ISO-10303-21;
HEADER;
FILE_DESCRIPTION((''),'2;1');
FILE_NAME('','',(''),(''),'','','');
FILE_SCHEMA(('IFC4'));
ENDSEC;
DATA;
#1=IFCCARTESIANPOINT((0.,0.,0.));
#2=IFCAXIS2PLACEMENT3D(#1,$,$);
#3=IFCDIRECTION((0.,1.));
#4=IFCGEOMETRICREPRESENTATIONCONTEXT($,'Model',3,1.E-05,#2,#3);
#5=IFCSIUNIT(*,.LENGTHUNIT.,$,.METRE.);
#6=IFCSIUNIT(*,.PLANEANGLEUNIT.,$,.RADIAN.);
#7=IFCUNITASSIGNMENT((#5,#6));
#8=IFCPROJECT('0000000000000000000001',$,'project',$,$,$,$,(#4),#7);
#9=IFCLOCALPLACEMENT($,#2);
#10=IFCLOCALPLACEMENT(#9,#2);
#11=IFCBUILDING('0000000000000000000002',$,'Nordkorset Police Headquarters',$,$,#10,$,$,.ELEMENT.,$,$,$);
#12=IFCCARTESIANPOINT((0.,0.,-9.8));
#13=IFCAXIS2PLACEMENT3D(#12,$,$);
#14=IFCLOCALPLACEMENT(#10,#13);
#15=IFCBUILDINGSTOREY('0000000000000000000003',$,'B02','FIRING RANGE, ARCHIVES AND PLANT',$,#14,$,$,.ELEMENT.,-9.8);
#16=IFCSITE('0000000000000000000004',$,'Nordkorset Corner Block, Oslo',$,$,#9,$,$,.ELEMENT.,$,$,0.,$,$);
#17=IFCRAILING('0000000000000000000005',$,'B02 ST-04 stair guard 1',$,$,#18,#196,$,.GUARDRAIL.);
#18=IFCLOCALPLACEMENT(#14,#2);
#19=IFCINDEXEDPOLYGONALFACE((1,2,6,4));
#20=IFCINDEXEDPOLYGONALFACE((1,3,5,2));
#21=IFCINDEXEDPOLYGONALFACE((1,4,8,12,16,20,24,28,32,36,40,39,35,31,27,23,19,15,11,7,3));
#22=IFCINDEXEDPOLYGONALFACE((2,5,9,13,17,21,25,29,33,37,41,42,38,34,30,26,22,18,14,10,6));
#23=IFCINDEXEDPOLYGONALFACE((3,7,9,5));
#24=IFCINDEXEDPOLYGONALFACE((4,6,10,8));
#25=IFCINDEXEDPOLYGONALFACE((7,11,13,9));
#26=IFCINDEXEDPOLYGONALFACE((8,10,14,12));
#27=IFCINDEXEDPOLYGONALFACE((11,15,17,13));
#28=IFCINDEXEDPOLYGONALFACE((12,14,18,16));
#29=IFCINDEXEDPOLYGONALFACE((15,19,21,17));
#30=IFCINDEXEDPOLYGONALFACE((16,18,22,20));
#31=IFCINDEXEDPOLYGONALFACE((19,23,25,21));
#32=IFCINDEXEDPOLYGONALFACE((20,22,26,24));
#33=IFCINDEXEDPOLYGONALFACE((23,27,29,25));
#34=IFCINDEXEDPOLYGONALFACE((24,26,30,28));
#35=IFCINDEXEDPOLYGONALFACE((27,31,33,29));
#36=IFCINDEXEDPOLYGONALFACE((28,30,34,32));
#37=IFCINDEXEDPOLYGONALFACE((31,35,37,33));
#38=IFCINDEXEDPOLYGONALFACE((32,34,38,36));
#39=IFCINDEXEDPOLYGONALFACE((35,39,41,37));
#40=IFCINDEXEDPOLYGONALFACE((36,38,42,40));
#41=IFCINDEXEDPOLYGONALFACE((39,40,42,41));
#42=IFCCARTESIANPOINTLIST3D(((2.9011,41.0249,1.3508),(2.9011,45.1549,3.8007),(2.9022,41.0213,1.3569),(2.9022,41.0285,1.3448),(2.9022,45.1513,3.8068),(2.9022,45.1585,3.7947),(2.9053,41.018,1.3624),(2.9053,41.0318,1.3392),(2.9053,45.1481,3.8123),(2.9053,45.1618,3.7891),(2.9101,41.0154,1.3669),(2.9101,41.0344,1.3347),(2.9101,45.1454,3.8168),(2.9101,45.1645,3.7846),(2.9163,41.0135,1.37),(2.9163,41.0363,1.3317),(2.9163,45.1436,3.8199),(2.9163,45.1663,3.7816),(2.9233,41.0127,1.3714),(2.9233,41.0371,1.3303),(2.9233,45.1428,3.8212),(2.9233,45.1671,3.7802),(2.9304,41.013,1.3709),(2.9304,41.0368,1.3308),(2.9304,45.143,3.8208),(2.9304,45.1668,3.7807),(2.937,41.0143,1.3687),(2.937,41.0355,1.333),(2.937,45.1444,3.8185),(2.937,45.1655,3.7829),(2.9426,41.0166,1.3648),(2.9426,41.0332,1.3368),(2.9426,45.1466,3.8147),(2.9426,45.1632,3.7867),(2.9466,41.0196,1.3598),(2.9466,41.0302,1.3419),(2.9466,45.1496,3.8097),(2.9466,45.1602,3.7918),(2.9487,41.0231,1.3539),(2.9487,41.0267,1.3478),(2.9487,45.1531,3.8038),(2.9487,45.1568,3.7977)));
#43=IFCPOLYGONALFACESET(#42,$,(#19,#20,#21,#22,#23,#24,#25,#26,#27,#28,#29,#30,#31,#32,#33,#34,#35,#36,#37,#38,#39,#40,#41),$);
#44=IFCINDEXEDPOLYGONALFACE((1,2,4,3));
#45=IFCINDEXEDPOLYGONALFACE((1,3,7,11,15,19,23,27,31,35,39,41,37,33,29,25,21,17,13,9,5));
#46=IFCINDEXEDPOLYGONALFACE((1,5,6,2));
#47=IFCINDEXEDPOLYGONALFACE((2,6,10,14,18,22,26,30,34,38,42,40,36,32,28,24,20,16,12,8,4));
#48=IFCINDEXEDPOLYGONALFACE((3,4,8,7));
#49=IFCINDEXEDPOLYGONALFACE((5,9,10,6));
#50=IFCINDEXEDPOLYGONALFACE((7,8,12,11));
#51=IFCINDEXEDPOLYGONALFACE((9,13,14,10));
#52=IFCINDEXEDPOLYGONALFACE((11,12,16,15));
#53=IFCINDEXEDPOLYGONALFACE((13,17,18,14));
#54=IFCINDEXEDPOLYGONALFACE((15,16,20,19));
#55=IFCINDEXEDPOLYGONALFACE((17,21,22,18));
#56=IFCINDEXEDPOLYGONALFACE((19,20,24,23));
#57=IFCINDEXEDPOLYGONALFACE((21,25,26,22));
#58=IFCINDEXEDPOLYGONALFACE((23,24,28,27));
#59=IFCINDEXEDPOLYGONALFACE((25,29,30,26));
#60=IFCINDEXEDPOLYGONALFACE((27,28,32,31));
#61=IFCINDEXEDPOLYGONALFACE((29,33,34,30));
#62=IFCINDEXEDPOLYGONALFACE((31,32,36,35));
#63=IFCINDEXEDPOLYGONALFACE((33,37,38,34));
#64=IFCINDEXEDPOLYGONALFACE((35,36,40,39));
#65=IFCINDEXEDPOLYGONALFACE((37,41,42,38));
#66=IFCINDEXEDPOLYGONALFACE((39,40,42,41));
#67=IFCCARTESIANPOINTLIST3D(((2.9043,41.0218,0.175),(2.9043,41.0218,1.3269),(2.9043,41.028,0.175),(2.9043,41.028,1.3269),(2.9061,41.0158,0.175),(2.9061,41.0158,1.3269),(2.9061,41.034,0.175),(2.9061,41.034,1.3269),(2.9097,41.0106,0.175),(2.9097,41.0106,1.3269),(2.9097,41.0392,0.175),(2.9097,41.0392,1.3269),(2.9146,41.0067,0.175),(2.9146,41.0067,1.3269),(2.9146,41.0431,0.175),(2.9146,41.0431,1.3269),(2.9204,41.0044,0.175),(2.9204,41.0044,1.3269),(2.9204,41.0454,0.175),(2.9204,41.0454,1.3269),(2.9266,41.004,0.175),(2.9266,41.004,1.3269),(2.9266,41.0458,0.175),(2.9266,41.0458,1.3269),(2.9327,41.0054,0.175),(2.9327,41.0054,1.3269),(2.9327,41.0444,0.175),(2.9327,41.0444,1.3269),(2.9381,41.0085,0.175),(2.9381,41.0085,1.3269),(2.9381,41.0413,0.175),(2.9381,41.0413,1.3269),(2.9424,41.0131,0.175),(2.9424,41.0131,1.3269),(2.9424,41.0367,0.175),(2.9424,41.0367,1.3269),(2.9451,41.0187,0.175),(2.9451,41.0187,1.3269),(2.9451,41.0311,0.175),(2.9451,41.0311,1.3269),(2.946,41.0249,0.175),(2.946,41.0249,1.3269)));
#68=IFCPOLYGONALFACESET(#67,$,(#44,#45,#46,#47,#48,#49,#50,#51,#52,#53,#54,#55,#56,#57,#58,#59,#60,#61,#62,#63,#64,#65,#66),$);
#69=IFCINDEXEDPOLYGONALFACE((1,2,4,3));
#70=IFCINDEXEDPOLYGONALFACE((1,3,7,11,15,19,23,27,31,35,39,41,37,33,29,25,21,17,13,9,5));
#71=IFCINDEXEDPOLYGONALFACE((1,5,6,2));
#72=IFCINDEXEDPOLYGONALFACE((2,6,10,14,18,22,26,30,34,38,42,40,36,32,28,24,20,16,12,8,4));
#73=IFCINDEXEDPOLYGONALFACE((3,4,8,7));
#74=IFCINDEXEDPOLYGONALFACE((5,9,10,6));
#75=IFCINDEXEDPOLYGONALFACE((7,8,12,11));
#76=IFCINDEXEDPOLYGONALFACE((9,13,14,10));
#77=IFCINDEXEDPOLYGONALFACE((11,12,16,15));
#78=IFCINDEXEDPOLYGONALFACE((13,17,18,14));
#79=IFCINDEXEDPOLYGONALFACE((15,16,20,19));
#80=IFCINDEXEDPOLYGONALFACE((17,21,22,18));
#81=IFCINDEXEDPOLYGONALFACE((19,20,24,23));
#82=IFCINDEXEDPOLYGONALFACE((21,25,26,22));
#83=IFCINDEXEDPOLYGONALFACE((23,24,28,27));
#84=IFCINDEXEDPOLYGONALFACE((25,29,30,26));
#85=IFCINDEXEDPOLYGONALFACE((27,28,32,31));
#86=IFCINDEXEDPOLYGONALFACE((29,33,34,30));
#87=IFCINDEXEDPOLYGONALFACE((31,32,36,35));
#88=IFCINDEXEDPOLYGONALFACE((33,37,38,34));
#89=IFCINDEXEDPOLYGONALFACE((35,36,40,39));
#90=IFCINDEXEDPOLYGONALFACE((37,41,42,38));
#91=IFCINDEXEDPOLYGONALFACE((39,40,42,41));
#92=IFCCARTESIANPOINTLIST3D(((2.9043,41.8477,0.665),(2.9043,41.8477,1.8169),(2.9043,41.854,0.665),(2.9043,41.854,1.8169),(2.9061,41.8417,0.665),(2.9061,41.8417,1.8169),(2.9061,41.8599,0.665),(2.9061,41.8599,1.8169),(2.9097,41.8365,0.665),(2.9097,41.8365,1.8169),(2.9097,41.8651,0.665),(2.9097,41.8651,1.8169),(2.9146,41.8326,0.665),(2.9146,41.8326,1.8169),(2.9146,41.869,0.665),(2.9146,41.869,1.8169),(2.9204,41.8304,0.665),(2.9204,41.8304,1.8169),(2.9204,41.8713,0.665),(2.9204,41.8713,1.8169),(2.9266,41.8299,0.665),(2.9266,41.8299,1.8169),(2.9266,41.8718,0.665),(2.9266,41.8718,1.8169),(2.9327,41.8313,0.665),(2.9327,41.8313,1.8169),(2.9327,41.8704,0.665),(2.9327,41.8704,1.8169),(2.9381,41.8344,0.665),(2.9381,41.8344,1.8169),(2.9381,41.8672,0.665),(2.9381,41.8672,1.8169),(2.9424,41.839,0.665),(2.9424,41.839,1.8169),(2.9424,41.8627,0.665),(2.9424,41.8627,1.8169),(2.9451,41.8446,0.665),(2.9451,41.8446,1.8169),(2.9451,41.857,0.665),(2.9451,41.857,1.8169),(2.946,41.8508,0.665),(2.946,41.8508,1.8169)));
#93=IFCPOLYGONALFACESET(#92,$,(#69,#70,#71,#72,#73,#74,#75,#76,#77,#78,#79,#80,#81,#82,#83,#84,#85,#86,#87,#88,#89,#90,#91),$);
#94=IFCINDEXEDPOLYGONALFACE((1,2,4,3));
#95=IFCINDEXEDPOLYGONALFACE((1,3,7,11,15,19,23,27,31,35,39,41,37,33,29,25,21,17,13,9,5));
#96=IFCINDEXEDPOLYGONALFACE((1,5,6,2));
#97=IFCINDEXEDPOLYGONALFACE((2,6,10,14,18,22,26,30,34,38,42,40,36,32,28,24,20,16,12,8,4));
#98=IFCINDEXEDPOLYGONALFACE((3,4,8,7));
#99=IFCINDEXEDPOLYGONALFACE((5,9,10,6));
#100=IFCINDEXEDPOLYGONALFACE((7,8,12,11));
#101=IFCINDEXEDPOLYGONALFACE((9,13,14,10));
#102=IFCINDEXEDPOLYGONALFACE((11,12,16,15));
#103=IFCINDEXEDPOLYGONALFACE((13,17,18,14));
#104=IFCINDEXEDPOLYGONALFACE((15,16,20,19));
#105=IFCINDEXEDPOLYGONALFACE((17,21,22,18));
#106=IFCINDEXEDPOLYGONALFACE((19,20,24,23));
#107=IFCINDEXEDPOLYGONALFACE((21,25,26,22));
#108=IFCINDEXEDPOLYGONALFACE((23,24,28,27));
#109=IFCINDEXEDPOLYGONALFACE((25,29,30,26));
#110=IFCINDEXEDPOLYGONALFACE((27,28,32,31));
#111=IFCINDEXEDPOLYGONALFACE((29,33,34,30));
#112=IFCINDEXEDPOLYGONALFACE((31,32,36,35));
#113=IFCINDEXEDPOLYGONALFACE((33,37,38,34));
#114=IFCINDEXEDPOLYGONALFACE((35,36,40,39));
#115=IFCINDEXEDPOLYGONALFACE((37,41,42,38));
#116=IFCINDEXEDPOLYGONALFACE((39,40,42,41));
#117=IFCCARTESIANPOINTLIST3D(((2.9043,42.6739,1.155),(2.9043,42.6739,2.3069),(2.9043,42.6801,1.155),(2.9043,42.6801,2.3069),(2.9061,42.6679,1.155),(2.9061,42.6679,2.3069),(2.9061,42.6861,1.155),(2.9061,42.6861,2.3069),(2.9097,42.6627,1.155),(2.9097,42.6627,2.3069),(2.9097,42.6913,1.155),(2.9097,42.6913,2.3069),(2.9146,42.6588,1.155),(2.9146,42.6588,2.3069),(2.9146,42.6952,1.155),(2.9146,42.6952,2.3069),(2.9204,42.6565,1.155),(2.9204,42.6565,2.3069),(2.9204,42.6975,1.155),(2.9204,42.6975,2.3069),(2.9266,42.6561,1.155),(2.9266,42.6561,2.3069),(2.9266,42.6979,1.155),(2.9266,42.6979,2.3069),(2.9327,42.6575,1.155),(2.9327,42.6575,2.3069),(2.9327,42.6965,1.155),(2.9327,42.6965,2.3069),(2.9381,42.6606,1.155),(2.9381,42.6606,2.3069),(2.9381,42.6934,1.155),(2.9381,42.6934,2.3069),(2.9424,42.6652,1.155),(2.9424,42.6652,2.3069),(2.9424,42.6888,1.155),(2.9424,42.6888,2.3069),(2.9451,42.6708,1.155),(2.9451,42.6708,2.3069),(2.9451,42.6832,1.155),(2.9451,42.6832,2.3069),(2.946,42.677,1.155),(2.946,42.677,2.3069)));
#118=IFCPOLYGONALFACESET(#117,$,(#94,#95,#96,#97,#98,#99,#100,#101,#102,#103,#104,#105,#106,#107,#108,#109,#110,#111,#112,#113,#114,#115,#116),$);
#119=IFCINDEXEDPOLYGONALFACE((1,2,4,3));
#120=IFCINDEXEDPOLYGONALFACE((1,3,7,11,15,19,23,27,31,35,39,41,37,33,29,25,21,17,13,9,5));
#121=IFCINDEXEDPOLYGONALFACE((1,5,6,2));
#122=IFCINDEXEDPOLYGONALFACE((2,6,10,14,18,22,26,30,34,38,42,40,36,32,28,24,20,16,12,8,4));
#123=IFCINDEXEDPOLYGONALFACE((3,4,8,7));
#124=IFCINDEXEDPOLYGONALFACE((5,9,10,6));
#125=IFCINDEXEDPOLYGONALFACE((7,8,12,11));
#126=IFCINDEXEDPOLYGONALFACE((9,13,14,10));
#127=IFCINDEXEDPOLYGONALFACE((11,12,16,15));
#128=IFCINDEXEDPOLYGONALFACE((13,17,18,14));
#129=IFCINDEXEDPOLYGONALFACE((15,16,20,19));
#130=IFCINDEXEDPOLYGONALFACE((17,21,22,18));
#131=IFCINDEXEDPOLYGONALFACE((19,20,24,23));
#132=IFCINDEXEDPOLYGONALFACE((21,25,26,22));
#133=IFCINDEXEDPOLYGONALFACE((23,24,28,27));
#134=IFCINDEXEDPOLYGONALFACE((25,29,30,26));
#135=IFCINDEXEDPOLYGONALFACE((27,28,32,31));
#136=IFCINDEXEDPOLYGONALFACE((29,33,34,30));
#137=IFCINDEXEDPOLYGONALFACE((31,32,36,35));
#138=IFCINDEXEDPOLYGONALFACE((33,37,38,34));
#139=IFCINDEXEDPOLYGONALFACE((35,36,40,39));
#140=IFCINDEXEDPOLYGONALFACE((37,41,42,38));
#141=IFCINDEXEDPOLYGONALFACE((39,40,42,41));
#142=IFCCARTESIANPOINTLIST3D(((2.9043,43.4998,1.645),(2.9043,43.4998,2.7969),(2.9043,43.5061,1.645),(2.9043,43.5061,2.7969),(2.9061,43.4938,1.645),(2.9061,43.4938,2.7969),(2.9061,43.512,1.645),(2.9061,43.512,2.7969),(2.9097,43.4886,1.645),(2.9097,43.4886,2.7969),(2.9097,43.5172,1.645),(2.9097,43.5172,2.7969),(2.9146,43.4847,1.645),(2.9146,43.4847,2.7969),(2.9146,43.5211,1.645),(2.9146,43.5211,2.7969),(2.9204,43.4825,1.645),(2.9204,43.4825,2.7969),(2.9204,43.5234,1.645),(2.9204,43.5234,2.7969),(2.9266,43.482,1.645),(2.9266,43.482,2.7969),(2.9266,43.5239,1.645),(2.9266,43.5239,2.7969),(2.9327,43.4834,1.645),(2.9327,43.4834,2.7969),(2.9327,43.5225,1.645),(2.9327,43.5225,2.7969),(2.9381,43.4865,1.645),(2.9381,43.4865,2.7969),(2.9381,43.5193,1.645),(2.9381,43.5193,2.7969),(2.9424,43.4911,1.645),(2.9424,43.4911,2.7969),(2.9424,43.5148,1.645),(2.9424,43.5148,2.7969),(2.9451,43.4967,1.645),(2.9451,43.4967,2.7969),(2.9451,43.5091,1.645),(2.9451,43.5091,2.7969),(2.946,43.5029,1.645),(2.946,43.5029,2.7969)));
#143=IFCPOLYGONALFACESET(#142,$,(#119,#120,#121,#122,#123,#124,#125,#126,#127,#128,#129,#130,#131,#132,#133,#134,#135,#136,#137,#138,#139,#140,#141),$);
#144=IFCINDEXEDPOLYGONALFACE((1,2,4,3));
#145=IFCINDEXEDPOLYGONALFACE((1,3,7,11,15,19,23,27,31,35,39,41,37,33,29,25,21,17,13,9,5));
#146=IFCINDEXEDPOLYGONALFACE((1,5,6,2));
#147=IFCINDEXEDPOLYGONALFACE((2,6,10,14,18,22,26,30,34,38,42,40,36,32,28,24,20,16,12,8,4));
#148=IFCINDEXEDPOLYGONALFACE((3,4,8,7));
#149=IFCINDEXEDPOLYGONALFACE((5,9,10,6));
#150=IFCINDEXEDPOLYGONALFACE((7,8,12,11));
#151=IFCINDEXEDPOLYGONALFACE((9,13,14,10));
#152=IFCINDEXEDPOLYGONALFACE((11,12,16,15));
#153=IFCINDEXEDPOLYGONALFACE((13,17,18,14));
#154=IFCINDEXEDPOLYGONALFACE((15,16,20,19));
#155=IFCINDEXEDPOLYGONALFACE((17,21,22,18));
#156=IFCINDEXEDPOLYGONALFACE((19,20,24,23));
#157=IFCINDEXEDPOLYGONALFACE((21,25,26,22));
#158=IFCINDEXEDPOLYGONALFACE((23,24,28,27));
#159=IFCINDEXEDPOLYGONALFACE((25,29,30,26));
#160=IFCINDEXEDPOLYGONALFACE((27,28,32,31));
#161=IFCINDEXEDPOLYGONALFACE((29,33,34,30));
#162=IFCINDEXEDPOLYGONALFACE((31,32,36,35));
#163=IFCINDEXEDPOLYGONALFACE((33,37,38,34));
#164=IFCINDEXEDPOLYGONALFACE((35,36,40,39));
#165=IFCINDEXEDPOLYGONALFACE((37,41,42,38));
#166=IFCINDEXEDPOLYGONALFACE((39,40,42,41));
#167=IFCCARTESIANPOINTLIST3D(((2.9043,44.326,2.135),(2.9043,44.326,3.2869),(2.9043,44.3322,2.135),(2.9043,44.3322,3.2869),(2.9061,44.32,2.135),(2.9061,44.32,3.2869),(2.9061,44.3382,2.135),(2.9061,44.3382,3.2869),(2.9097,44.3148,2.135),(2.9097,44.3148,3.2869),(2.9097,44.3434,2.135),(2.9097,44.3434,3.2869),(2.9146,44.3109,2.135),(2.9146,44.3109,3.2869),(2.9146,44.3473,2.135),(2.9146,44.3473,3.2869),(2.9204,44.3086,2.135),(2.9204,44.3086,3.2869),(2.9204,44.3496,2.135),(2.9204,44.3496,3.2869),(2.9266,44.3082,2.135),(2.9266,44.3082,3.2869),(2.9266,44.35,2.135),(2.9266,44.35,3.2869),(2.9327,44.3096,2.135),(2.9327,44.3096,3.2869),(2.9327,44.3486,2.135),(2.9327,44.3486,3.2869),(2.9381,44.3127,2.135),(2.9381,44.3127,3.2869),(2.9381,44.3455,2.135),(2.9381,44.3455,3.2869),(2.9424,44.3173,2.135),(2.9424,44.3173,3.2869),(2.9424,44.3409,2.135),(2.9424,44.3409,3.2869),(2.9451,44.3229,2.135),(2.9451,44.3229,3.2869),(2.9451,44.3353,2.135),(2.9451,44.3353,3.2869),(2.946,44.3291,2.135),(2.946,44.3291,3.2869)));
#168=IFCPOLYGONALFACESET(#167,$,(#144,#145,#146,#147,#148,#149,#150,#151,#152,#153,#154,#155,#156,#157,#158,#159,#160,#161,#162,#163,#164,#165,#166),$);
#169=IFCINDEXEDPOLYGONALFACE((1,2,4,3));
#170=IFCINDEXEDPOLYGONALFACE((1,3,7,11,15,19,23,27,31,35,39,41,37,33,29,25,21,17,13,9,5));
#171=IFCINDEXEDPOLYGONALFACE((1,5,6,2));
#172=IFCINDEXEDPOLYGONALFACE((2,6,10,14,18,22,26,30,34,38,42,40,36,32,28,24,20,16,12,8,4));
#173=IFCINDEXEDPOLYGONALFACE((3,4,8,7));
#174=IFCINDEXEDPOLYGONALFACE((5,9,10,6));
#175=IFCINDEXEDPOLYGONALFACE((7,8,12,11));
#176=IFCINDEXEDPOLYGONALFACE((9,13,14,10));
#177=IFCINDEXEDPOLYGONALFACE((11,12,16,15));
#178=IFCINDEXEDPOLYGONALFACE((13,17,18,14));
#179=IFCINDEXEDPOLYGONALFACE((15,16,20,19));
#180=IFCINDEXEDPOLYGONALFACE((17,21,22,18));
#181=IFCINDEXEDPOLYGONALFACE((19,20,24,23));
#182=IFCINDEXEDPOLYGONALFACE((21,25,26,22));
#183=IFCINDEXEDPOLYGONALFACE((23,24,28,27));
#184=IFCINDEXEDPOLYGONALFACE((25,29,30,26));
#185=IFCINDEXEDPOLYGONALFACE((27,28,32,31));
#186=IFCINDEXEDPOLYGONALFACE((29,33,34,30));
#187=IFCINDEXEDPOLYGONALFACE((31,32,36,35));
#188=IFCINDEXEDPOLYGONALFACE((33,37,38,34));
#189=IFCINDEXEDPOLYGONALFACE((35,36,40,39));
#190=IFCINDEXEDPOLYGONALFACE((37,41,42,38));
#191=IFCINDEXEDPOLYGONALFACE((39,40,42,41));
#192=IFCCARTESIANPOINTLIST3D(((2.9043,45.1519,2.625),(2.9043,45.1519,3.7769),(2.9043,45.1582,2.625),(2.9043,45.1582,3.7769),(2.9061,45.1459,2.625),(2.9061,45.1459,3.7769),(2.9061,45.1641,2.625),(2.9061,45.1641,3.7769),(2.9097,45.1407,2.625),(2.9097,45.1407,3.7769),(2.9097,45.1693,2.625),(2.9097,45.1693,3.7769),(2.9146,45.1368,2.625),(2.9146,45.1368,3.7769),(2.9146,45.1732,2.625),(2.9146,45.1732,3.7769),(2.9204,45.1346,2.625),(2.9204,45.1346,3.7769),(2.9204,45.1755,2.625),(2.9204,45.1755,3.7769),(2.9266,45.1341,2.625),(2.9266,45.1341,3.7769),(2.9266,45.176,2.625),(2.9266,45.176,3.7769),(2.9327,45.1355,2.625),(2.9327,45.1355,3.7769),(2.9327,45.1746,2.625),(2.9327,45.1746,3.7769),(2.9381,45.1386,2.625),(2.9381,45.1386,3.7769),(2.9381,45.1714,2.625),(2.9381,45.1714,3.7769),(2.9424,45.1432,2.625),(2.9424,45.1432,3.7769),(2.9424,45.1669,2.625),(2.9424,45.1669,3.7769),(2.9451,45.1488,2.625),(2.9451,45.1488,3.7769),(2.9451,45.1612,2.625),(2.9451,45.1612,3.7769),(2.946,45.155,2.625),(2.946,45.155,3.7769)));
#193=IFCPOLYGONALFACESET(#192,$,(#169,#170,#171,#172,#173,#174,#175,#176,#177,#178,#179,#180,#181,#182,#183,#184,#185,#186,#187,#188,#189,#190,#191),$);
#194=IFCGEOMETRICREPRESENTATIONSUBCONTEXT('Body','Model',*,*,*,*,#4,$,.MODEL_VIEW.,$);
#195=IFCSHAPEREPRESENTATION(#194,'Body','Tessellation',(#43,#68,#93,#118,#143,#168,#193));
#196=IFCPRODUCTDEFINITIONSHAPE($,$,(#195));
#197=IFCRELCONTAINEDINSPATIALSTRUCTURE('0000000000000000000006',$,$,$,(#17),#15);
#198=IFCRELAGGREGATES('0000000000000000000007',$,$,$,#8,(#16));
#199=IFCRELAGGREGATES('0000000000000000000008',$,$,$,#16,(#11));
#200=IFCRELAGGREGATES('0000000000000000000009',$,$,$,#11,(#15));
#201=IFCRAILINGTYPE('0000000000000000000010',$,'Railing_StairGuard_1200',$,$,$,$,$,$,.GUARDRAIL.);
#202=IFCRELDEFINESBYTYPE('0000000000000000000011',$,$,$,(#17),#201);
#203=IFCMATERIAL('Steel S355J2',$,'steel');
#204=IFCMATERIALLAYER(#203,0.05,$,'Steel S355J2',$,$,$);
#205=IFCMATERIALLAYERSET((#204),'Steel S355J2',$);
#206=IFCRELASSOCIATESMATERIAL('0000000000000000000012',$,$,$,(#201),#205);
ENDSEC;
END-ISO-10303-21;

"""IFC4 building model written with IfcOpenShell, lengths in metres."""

from ifc_helpers import new_model, si_unit, direction, frame, origin, origin_2d, place, context, subcontext, project, spatial, circle, extrude, material, layer, layer_set, type_object, element, save


model = new_model("IFC4")

# Units and contexts
model_context = context("Model", 3, precision=1e-05, world=origin(), true_north=direction((0.0, 1.0)))
body_context = subcontext(model_context, "Body", "Model", "MODEL_VIEW")
ifc_project = project(units=[si_unit("LENGTHUNIT", "METRE"), si_unit("PLANEANGLEUNIT", "RADIAN")], contexts=[model_context])

# Site, building, storey
site_placement = place(None, origin())
site = spatial("IfcSite", under=ifc_project, at=site_placement, Name="Nordkorset Corner Block, Oslo", CompositionType="ELEMENT", RefElevation=0.0)
building_placement = place(site_placement, origin())
building = spatial("IfcBuilding", under=site, at=building_placement, Name="Nordkorset Police Headquarters", CompositionType="ELEMENT")
storey_placement = place(building_placement, frame((0.0, 0.0, -9.8)))
storey = spatial("IfcBuildingStorey", under=building, at=storey_placement, Name="B02", Description="FIRING RANGE, ARCHIVES AND PLANT", CompositionType="ELEMENT", Elevation=-9.8)

# Railing
ifc_material_1 = material(Name="Steel S355J2", Category="steel")
ifc_layer_1 = layer(ifc_material_1, 0.05, Name="Steel S355J2")
ifc_layer_set_1 = layer_set([ifc_layer_1], Name="Steel S355J2")
railing_type_1 = type_object("IfcRailingType", Name="Railing_StairGuard_1200", PredefinedType="GUARDRAIL", material=ifc_layer_set_1)
railing_1_placement = place(storey_placement, frame((2.925, 41.0249, 0.175)))
element("IfcRailing", 1, at=railing_1_placement, inside=storey, type_object=railing_type_1, Name="B02 ST-04 stair guard 1", PredefinedType="GUARDRAIL", context=body_context, shape_type="SweptSolid", body=[
    extrude(circle(Radius=0.0239, at=origin_2d()), frame((0.0, 0.0, 1.1758), z_axis=(0.0, 0.860066, 0.510183), x_axis=(-1.0, 0.0, 0.0)), (0.0, 0.0, 1.0), 4.802),
    extrude(circle(Radius=0.021, at=origin_2d()), origin(), (0.0, 0.0, 1.0), 1.1519),
    extrude(circle(Radius=0.021, at=origin_2d()), frame((0.0, 0.8259, 0.49)), (0.0, 0.0, 1.0), 1.1519),
    extrude(circle(Radius=0.021, at=origin_2d()), frame((0.0, 1.6521, 0.98)), (0.0, 0.0, 1.0), 1.1519),
    extrude(circle(Radius=0.021, at=origin_2d()), frame((0.0, 2.478, 1.47)), (0.0, 0.0, 1.0), 1.1519),
    extrude(circle(Radius=0.021, at=origin_2d()), frame((0.0, 3.3042, 1.96)), (0.0, 0.0, 1.0), 1.1519),
    extrude(circle(Radius=0.021, at=origin_2d()), frame((0.0, 4.1301, 2.45)), (0.0, 0.0, 1.0), 1.1519),
])

save(model, "model.ifc")
